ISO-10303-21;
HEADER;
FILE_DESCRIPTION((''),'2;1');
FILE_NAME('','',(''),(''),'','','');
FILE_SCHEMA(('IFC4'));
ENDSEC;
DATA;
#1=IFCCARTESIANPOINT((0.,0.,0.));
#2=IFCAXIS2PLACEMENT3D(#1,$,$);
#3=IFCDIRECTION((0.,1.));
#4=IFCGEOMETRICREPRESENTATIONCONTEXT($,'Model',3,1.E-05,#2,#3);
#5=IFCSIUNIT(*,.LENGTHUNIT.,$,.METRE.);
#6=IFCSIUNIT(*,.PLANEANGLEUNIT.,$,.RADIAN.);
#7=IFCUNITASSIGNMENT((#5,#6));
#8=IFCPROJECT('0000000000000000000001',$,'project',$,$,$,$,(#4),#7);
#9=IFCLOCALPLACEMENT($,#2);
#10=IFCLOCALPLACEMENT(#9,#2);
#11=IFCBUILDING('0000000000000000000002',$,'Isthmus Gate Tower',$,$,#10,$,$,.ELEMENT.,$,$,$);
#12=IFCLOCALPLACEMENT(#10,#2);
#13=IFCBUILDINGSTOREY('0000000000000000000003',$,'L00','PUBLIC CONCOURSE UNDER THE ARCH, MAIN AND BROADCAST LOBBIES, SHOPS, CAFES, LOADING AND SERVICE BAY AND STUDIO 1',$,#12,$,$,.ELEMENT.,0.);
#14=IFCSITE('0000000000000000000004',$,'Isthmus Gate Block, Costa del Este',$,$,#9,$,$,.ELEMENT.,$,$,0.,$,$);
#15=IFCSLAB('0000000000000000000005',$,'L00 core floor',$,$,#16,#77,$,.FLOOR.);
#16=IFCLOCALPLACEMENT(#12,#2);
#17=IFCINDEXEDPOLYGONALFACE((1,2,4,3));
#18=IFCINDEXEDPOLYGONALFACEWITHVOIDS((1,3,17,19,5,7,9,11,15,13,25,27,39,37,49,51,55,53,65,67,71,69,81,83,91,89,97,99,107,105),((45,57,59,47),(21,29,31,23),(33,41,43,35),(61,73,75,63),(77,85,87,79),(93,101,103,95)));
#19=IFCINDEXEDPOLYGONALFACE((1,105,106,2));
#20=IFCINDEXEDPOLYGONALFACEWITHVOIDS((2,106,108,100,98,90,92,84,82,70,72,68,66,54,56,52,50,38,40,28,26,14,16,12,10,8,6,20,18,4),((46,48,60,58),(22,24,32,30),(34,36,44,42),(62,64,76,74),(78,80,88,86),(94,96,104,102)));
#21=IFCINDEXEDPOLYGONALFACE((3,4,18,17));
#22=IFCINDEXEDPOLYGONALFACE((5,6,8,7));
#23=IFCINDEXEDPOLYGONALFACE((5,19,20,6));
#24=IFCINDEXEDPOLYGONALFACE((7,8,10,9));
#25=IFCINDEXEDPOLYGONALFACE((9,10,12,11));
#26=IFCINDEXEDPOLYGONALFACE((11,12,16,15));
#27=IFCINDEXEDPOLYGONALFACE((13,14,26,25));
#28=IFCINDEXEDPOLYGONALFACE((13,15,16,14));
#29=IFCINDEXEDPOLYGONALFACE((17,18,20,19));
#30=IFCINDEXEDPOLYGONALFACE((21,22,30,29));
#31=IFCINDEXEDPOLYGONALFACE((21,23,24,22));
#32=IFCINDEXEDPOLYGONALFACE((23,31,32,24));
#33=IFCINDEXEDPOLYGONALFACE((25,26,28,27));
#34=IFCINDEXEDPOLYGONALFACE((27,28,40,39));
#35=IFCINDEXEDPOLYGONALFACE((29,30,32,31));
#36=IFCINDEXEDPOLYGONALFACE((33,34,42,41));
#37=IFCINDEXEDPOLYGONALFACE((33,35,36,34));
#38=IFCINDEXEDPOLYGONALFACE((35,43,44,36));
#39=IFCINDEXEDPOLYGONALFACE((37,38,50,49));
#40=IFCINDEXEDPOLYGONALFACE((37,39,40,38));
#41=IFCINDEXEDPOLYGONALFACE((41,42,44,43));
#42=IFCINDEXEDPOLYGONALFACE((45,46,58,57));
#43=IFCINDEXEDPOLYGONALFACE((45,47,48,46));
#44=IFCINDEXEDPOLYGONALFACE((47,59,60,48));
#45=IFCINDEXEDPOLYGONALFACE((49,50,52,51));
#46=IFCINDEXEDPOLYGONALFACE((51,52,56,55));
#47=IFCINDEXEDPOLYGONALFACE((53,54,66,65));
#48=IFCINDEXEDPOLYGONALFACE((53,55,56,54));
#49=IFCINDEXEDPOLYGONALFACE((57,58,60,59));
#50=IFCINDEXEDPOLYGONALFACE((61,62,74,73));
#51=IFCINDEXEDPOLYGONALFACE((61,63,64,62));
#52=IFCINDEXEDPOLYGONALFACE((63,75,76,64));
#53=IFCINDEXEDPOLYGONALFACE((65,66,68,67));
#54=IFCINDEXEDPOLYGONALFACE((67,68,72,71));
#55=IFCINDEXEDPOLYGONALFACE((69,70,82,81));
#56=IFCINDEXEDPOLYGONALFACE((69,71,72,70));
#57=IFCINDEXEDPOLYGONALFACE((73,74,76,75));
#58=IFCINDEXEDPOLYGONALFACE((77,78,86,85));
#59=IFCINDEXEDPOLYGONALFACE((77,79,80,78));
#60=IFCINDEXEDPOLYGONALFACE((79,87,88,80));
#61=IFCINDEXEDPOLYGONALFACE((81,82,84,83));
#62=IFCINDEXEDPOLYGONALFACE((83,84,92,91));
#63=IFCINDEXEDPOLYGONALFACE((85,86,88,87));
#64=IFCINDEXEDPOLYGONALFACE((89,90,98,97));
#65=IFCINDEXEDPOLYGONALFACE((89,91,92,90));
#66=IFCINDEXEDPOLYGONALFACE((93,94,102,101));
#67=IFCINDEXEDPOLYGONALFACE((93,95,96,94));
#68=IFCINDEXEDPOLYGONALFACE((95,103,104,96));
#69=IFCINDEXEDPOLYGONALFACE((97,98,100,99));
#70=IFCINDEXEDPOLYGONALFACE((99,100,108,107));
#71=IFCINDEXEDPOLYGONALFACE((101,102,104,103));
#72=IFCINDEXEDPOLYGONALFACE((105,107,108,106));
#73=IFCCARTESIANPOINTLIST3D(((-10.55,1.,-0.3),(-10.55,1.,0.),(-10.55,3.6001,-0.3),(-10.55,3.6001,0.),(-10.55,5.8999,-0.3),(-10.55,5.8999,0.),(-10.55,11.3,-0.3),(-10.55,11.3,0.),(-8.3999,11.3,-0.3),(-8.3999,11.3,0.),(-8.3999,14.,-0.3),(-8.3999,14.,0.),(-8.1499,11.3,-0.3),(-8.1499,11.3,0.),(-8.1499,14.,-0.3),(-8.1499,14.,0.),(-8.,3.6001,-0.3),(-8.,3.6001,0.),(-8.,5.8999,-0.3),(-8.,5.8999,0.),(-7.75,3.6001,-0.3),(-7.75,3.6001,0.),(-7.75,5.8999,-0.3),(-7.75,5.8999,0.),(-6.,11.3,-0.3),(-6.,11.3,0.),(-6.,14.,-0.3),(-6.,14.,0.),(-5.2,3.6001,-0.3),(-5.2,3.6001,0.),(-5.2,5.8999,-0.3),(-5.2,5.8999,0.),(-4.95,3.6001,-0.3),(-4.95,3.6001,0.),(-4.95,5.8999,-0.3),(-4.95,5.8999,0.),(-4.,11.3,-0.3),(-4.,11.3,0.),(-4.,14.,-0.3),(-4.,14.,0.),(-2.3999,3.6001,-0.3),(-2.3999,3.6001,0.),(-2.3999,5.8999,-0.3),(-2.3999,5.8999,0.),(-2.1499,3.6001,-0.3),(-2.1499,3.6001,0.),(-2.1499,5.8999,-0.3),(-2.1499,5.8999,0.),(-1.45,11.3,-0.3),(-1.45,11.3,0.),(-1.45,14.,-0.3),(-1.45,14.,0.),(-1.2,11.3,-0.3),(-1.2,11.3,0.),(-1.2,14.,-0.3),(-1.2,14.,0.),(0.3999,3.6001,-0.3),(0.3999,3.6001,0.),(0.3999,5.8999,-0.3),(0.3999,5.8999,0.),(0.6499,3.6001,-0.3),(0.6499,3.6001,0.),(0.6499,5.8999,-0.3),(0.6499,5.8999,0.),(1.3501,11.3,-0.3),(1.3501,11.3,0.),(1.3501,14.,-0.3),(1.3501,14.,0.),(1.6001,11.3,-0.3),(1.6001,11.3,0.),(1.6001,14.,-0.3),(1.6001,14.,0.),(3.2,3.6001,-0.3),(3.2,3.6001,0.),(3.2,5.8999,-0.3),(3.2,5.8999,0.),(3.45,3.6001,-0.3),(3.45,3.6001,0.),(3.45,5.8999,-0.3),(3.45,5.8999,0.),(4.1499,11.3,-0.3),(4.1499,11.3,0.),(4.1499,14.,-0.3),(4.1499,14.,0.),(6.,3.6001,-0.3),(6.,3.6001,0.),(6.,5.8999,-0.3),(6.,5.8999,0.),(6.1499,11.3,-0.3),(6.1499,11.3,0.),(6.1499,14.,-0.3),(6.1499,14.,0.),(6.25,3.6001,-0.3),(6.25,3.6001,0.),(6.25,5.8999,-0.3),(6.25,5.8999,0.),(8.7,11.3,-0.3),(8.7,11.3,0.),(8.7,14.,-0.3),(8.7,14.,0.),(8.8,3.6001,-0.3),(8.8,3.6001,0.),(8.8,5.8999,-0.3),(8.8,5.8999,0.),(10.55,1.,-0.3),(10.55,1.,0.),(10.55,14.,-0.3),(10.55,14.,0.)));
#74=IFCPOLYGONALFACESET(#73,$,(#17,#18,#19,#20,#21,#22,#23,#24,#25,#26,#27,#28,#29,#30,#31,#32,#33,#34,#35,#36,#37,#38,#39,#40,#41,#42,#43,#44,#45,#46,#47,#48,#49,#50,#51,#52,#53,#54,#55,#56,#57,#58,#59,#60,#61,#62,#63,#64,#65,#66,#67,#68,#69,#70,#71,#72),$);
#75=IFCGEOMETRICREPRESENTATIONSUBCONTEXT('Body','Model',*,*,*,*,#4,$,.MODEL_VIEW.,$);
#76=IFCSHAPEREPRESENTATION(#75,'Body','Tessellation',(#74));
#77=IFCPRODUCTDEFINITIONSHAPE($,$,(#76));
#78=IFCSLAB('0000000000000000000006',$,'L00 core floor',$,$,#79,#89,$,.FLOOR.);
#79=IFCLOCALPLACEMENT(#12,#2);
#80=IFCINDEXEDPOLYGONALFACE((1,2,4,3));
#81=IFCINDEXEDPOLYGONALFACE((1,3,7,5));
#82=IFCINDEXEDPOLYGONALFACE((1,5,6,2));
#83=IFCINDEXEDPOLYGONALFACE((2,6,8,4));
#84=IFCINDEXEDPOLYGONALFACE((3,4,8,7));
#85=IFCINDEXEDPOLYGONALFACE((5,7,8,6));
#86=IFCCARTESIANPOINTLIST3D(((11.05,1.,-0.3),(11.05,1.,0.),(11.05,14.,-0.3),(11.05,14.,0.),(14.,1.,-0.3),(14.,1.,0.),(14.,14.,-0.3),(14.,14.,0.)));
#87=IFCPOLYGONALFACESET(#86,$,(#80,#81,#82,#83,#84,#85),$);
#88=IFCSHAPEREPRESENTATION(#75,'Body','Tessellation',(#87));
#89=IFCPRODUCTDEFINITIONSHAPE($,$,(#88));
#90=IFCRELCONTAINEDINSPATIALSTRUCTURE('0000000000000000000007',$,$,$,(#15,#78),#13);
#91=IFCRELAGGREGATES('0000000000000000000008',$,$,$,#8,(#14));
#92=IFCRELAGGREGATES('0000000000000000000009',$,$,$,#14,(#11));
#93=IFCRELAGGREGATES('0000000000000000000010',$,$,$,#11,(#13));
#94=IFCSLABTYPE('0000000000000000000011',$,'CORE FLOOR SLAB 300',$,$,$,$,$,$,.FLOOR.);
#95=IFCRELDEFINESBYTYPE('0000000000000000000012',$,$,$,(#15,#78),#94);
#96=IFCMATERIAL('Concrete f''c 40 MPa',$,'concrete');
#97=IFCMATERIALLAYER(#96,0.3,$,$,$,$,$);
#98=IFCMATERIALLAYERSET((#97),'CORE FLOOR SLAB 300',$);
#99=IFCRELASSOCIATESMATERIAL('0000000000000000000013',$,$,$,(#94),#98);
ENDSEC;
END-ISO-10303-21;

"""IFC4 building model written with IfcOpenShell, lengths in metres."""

from ifc_helpers import new_model, si_unit, direction, frame, origin, place, context, subcontext, project, spatial, polyline, outline, extrude, material, layer, layer_set, type_object, element, save


model = new_model("IFC4")

# Units and contexts
model_context = context("Model", 3, precision=1e-05, world=origin(), true_north=direction((0.0, 1.0)))
body_context = subcontext(model_context, "Body", "Model", "MODEL_VIEW")
ifc_project = project(units=[si_unit("LENGTHUNIT", "METRE"), si_unit("PLANEANGLEUNIT", "RADIAN")], contexts=[model_context])

# Site, building, storey
site_placement = place(None, origin())
site = spatial("IfcSite", under=ifc_project, at=site_placement, Name="Isthmus Gate Block, Costa del Este", CompositionType="ELEMENT", RefElevation=0.0)
building_placement = place(site_placement, origin())
building = spatial("IfcBuilding", under=site, at=building_placement, Name="Isthmus Gate Tower", CompositionType="ELEMENT")
storey_placement = place(building_placement, origin())
storey = spatial("IfcBuildingStorey", under=building, at=storey_placement, Name="L00", Description="PUBLIC CONCOURSE UNDER THE ARCH, MAIN AND BROADCAST LOBBIES, SHOPS, CAFES, LOADING AND SERVICE BAY AND STUDIO 1", CompositionType="ELEMENT", Elevation=0.0)

# Slabs
ifc_material_1 = material(Name="Concrete f'c 40 MPa", Category="concrete")
ifc_layer_1 = layer(ifc_material_1, 0.3)
ifc_layer_set_1 = layer_set([ifc_layer_1], Name="CORE FLOOR SLAB 300")
slab_type_1 = type_object("IfcSlabType", Name="CORE FLOOR SLAB 300", PredefinedType="FLOOR", material=ifc_layer_set_1)
slab_1_placement = place(storey_placement, frame((0.0, 0.0, -0.3)))
element("IfcSlab", 1, at=slab_1_placement, inside=storey, type_object=slab_type_1, Name="L00 core floor", PredefinedType="FLOOR", context=body_context, shape_type="SweptSolid", body=[
    extrude(outline(polyline([(10.55, 14.0), (8.7, 14.0), (8.7, 11.3), (6.1499, 11.3), (6.1499, 14.0), (4.1499, 14.0), (4.1499, 11.3), (1.6001, 11.3), (1.6001, 14.0), (1.3501, 14.0), (1.3501, 11.3), (-1.2, 11.3), (-1.2, 14.0), (-1.45, 14.0), (-1.45, 11.3), (-4.0, 11.3), (-4.0, 14.0), (-6.0, 14.0), (-6.0, 11.3), (-8.1499, 11.3), (-8.1499, 14.0), (-8.3999, 14.0), (-8.3999, 11.3), (-10.55, 11.3), (-10.55, 5.8999), (-8.0, 5.8999), (-8.0, 3.6001), (-10.55, 3.6001), (-10.55, 1.0), (10.55, 1.0), (10.55, 14.0)]), holes=[polyline([(-5.2, 5.8999), (-5.2, 3.6001), (-7.75, 3.6001), (-7.75, 5.8999), (-5.2, 5.8999)]), polyline([(-2.3999, 5.8999), (-2.3999, 3.6001), (-4.95, 3.6001), (-4.95, 5.8999), (-2.3999, 5.8999)]), polyline([(-2.1499, 5.8999), (0.3999, 5.8999), (0.3999, 3.6001), (-2.1499, 3.6001), (-2.1499, 5.8999)]), polyline([(3.2, 5.8999), (3.2, 3.6001), (0.6499, 3.6001), (0.6499, 5.8999), (3.2, 5.8999)]), polyline([(6.0, 5.8999), (6.0, 3.6001), (3.45, 3.6001), (3.45, 5.8999), (6.0, 5.8999)]), polyline([(8.8, 5.8999), (8.8, 3.6001), (6.25, 3.6001), (6.25, 5.8999), (8.8, 5.8999)])]), origin(), (0.0, 0.0, 1.0), 0.3),
])
slab_2_placement = place(storey_placement, frame((0.0, 0.0, -0.3)))
element("IfcSlab", 2, at=slab_2_placement, inside=storey, type_object=slab_type_1, Name="L00 core floor", PredefinedType="FLOOR", context=body_context, shape_type="SweptSolid", body=[
    extrude(outline(polyline([(11.05, 1.0), (14.0, 1.0), (14.0, 14.0), (11.05, 14.0), (11.05, 1.0)])), origin(), (0.0, 0.0, 1.0), 0.3),
])

save(model, "model.ifc")
